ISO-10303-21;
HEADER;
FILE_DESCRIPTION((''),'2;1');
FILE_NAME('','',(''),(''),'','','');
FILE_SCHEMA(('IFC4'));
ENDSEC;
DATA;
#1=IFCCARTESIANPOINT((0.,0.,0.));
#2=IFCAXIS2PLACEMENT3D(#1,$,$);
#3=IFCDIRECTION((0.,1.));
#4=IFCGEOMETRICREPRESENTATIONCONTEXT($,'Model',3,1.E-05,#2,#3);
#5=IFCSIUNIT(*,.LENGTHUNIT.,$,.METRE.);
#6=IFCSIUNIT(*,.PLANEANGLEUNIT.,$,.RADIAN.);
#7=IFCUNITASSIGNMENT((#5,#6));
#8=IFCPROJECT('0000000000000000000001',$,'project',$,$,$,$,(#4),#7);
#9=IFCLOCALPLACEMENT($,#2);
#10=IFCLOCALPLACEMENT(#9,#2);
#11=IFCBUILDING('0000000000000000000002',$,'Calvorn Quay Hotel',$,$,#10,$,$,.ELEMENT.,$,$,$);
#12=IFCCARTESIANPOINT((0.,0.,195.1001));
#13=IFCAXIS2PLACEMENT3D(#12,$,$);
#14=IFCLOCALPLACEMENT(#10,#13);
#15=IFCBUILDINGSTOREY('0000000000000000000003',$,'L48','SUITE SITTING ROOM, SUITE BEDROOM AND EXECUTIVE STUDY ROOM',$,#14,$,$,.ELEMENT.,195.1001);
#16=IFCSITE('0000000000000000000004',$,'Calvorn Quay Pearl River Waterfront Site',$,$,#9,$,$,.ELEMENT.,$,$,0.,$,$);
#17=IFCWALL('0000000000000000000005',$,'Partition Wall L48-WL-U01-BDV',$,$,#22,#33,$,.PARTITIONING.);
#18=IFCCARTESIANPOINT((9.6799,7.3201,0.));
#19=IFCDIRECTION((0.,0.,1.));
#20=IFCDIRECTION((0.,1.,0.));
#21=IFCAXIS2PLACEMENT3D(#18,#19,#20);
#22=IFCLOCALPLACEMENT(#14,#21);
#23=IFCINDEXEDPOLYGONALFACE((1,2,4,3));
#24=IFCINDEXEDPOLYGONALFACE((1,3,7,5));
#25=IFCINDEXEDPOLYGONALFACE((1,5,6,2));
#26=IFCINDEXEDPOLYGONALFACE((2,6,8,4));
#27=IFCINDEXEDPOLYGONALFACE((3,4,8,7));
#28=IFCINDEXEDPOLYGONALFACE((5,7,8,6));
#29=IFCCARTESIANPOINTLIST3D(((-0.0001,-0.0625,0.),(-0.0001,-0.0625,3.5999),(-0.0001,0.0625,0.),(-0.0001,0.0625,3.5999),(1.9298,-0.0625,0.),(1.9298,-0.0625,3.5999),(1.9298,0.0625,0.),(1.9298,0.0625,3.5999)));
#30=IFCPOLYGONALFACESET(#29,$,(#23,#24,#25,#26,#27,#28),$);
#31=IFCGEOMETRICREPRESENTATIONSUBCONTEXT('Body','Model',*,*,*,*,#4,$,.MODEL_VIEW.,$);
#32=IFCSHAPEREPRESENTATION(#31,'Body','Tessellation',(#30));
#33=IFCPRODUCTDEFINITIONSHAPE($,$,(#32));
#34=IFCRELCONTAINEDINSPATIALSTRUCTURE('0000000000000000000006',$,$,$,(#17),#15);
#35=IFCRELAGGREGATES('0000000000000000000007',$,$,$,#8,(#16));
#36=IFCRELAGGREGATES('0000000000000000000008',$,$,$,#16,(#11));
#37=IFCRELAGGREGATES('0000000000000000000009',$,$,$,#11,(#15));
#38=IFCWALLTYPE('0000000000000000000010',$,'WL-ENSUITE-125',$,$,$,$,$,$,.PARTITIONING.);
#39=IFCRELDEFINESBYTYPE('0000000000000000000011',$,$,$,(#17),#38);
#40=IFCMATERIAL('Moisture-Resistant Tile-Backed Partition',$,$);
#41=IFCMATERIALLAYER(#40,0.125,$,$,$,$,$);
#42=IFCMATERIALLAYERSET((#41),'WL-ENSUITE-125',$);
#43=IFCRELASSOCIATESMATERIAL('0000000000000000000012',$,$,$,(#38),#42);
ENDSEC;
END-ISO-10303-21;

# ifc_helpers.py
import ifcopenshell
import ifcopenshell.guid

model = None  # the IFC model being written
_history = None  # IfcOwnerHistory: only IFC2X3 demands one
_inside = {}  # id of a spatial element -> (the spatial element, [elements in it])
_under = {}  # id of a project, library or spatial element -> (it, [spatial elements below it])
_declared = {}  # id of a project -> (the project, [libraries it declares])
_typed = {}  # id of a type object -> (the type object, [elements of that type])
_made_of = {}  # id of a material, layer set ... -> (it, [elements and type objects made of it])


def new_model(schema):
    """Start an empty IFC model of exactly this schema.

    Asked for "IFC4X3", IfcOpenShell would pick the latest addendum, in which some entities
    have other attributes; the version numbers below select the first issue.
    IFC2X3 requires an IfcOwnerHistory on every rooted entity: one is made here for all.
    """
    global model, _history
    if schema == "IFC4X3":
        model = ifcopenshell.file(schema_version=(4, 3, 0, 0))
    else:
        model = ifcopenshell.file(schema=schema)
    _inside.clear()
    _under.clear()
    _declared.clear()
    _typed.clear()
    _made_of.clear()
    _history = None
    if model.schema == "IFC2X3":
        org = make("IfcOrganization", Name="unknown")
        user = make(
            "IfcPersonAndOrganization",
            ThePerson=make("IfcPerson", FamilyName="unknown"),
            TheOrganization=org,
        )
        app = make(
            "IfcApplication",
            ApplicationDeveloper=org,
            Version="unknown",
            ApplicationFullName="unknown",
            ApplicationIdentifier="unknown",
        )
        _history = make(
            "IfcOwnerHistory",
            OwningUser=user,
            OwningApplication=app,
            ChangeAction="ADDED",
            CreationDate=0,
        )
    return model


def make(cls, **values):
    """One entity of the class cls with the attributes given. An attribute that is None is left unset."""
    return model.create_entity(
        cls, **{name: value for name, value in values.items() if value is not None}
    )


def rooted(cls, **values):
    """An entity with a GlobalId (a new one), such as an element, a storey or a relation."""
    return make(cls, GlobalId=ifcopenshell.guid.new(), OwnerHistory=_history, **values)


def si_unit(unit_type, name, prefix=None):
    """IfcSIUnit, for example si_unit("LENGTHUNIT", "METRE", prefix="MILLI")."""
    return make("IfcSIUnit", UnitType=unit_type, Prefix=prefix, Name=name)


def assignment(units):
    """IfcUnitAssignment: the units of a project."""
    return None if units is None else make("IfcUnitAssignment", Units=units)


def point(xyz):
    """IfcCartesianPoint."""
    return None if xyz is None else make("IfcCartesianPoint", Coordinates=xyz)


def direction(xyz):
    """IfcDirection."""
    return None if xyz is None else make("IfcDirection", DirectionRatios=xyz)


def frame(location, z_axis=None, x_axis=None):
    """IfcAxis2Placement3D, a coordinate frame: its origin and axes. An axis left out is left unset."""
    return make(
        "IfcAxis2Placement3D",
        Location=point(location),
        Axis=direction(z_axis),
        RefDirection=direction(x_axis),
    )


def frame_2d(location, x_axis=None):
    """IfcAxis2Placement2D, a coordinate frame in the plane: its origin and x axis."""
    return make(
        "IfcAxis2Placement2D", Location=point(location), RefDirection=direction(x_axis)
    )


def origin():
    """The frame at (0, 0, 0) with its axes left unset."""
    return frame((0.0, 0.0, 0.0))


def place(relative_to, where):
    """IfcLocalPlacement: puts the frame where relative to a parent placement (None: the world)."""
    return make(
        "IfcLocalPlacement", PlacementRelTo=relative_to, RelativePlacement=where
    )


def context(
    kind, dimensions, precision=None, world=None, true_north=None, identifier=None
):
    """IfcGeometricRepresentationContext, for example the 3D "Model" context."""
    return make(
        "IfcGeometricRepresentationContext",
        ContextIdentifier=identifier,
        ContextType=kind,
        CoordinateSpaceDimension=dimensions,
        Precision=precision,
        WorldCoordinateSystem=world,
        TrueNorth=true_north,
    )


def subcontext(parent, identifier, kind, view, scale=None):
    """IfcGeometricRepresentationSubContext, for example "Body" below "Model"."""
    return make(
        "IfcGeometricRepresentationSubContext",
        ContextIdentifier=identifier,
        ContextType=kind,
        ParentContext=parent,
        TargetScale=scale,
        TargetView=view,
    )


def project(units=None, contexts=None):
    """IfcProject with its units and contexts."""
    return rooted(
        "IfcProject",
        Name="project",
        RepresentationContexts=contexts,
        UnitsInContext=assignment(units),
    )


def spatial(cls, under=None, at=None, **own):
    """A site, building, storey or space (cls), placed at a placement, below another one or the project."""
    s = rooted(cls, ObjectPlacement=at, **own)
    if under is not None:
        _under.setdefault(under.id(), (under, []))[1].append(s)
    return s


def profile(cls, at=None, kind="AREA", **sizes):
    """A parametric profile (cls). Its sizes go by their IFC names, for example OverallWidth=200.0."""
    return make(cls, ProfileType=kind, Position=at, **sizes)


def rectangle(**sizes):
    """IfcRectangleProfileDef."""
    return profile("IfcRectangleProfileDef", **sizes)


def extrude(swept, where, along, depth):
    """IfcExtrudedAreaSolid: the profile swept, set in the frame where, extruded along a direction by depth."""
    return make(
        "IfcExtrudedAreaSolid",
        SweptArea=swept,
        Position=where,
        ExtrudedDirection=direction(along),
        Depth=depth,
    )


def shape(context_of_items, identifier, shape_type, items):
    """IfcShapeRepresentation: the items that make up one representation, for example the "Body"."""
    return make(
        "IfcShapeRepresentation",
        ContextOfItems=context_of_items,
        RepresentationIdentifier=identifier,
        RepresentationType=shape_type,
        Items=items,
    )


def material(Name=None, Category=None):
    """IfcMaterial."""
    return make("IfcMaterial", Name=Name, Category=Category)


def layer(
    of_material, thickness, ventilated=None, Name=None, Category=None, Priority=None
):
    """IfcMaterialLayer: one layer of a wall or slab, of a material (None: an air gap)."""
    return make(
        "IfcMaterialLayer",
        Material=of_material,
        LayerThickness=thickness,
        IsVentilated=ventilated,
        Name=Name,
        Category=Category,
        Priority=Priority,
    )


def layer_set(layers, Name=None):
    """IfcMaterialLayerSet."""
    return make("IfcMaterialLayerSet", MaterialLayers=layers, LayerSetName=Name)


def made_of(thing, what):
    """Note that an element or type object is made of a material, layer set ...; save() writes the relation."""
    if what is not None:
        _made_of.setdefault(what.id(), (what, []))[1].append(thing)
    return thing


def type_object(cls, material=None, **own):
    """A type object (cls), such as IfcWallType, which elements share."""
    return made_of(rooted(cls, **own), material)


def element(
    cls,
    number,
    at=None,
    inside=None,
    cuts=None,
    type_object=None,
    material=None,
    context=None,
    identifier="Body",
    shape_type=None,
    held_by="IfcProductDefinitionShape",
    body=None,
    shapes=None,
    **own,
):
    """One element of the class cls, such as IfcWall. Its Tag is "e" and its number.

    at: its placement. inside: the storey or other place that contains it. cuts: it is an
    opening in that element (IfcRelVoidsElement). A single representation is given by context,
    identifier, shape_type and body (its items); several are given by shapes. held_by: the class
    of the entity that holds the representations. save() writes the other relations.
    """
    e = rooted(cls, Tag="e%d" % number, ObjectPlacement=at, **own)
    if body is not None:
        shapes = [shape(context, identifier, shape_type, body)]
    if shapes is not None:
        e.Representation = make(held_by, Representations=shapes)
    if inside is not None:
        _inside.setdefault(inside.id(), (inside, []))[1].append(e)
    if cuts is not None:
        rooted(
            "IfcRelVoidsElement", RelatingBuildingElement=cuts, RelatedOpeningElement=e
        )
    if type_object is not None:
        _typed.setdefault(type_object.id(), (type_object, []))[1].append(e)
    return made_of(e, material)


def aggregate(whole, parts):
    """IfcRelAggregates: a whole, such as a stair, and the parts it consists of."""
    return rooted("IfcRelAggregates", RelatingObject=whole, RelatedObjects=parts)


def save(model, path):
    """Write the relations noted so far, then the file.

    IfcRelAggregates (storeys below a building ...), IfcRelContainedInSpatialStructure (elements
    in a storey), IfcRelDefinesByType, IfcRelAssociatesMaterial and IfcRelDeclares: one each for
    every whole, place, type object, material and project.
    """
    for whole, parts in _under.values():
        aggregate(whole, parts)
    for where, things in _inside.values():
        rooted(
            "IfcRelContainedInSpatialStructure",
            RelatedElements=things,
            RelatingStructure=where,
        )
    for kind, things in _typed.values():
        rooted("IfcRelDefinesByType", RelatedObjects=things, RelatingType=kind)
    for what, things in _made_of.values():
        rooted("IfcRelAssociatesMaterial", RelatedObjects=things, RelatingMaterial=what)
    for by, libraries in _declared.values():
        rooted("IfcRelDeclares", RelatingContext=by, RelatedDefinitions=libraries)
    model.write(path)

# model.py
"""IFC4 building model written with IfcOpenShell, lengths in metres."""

from ifc_helpers import new_model, si_unit, direction, frame, frame_2d, origin, place, context, subcontext, project, spatial, rectangle, extrude, material, layer, layer_set, type_object, element, save


model = new_model("IFC4")

# Units and contexts
model_context = context("Model", 3, precision=1e-05, world=origin(), true_north=direction((0.0, 1.0)))
body_context = subcontext(model_context, "Body", "Model", "MODEL_VIEW")
ifc_project = project(units=[si_unit("LENGTHUNIT", "METRE"), si_unit("PLANEANGLEUNIT", "RADIAN")], contexts=[model_context])

# Site, building, storey
site_placement = place(None, origin())
site = spatial("IfcSite", under=ifc_project, at=site_placement, Name="Calvorn Quay Pearl River Waterfront Site", CompositionType="ELEMENT", RefElevation=0.0)
building_placement = place(site_placement, origin())
building = spatial("IfcBuilding", under=site, at=building_placement, Name="Calvorn Quay Hotel", CompositionType="ELEMENT")
storey_placement = place(building_placement, frame((0.0, 0.0, 195.1001)))
storey = spatial("IfcBuildingStorey", under=building, at=storey_placement, Name="L48", Description="SUITE SITTING ROOM, SUITE BEDROOM AND EXECUTIVE STUDY ROOM", CompositionType="ELEMENT", Elevation=195.1001)

# Wall
ifc_material_1 = material(Name="Moisture-Resistant Tile-Backed Partition")
ifc_layer_1 = layer(ifc_material_1, 0.125)
ifc_layer_set_1 = layer_set([ifc_layer_1], Name="WL-ENSUITE-125")
wall_type_1 = type_object("IfcWallType", Name="WL-ENSUITE-125", PredefinedType="PARTITIONING", material=ifc_layer_set_1)
wall_1_placement = place(storey_placement, frame((9.6799, 7.3201, 0.0), z_axis=(0.0, 0.0, 1.0), x_axis=(0.0, 1.0, 0.0)))
element("IfcWall", 1, at=wall_1_placement, inside=storey, type_object=wall_type_1, Name="Partition Wall L48-WL-U01-BDV", PredefinedType="PARTITIONING", context=body_context, shape_type="SweptSolid", body=[
    extrude(rectangle(XDim=1.9299, YDim=0.125, at=frame_2d((0.9648, 0.0))), origin(), (0.0, 0.0, 1.0), 3.5999),
])

save(model, "model.ifc")
